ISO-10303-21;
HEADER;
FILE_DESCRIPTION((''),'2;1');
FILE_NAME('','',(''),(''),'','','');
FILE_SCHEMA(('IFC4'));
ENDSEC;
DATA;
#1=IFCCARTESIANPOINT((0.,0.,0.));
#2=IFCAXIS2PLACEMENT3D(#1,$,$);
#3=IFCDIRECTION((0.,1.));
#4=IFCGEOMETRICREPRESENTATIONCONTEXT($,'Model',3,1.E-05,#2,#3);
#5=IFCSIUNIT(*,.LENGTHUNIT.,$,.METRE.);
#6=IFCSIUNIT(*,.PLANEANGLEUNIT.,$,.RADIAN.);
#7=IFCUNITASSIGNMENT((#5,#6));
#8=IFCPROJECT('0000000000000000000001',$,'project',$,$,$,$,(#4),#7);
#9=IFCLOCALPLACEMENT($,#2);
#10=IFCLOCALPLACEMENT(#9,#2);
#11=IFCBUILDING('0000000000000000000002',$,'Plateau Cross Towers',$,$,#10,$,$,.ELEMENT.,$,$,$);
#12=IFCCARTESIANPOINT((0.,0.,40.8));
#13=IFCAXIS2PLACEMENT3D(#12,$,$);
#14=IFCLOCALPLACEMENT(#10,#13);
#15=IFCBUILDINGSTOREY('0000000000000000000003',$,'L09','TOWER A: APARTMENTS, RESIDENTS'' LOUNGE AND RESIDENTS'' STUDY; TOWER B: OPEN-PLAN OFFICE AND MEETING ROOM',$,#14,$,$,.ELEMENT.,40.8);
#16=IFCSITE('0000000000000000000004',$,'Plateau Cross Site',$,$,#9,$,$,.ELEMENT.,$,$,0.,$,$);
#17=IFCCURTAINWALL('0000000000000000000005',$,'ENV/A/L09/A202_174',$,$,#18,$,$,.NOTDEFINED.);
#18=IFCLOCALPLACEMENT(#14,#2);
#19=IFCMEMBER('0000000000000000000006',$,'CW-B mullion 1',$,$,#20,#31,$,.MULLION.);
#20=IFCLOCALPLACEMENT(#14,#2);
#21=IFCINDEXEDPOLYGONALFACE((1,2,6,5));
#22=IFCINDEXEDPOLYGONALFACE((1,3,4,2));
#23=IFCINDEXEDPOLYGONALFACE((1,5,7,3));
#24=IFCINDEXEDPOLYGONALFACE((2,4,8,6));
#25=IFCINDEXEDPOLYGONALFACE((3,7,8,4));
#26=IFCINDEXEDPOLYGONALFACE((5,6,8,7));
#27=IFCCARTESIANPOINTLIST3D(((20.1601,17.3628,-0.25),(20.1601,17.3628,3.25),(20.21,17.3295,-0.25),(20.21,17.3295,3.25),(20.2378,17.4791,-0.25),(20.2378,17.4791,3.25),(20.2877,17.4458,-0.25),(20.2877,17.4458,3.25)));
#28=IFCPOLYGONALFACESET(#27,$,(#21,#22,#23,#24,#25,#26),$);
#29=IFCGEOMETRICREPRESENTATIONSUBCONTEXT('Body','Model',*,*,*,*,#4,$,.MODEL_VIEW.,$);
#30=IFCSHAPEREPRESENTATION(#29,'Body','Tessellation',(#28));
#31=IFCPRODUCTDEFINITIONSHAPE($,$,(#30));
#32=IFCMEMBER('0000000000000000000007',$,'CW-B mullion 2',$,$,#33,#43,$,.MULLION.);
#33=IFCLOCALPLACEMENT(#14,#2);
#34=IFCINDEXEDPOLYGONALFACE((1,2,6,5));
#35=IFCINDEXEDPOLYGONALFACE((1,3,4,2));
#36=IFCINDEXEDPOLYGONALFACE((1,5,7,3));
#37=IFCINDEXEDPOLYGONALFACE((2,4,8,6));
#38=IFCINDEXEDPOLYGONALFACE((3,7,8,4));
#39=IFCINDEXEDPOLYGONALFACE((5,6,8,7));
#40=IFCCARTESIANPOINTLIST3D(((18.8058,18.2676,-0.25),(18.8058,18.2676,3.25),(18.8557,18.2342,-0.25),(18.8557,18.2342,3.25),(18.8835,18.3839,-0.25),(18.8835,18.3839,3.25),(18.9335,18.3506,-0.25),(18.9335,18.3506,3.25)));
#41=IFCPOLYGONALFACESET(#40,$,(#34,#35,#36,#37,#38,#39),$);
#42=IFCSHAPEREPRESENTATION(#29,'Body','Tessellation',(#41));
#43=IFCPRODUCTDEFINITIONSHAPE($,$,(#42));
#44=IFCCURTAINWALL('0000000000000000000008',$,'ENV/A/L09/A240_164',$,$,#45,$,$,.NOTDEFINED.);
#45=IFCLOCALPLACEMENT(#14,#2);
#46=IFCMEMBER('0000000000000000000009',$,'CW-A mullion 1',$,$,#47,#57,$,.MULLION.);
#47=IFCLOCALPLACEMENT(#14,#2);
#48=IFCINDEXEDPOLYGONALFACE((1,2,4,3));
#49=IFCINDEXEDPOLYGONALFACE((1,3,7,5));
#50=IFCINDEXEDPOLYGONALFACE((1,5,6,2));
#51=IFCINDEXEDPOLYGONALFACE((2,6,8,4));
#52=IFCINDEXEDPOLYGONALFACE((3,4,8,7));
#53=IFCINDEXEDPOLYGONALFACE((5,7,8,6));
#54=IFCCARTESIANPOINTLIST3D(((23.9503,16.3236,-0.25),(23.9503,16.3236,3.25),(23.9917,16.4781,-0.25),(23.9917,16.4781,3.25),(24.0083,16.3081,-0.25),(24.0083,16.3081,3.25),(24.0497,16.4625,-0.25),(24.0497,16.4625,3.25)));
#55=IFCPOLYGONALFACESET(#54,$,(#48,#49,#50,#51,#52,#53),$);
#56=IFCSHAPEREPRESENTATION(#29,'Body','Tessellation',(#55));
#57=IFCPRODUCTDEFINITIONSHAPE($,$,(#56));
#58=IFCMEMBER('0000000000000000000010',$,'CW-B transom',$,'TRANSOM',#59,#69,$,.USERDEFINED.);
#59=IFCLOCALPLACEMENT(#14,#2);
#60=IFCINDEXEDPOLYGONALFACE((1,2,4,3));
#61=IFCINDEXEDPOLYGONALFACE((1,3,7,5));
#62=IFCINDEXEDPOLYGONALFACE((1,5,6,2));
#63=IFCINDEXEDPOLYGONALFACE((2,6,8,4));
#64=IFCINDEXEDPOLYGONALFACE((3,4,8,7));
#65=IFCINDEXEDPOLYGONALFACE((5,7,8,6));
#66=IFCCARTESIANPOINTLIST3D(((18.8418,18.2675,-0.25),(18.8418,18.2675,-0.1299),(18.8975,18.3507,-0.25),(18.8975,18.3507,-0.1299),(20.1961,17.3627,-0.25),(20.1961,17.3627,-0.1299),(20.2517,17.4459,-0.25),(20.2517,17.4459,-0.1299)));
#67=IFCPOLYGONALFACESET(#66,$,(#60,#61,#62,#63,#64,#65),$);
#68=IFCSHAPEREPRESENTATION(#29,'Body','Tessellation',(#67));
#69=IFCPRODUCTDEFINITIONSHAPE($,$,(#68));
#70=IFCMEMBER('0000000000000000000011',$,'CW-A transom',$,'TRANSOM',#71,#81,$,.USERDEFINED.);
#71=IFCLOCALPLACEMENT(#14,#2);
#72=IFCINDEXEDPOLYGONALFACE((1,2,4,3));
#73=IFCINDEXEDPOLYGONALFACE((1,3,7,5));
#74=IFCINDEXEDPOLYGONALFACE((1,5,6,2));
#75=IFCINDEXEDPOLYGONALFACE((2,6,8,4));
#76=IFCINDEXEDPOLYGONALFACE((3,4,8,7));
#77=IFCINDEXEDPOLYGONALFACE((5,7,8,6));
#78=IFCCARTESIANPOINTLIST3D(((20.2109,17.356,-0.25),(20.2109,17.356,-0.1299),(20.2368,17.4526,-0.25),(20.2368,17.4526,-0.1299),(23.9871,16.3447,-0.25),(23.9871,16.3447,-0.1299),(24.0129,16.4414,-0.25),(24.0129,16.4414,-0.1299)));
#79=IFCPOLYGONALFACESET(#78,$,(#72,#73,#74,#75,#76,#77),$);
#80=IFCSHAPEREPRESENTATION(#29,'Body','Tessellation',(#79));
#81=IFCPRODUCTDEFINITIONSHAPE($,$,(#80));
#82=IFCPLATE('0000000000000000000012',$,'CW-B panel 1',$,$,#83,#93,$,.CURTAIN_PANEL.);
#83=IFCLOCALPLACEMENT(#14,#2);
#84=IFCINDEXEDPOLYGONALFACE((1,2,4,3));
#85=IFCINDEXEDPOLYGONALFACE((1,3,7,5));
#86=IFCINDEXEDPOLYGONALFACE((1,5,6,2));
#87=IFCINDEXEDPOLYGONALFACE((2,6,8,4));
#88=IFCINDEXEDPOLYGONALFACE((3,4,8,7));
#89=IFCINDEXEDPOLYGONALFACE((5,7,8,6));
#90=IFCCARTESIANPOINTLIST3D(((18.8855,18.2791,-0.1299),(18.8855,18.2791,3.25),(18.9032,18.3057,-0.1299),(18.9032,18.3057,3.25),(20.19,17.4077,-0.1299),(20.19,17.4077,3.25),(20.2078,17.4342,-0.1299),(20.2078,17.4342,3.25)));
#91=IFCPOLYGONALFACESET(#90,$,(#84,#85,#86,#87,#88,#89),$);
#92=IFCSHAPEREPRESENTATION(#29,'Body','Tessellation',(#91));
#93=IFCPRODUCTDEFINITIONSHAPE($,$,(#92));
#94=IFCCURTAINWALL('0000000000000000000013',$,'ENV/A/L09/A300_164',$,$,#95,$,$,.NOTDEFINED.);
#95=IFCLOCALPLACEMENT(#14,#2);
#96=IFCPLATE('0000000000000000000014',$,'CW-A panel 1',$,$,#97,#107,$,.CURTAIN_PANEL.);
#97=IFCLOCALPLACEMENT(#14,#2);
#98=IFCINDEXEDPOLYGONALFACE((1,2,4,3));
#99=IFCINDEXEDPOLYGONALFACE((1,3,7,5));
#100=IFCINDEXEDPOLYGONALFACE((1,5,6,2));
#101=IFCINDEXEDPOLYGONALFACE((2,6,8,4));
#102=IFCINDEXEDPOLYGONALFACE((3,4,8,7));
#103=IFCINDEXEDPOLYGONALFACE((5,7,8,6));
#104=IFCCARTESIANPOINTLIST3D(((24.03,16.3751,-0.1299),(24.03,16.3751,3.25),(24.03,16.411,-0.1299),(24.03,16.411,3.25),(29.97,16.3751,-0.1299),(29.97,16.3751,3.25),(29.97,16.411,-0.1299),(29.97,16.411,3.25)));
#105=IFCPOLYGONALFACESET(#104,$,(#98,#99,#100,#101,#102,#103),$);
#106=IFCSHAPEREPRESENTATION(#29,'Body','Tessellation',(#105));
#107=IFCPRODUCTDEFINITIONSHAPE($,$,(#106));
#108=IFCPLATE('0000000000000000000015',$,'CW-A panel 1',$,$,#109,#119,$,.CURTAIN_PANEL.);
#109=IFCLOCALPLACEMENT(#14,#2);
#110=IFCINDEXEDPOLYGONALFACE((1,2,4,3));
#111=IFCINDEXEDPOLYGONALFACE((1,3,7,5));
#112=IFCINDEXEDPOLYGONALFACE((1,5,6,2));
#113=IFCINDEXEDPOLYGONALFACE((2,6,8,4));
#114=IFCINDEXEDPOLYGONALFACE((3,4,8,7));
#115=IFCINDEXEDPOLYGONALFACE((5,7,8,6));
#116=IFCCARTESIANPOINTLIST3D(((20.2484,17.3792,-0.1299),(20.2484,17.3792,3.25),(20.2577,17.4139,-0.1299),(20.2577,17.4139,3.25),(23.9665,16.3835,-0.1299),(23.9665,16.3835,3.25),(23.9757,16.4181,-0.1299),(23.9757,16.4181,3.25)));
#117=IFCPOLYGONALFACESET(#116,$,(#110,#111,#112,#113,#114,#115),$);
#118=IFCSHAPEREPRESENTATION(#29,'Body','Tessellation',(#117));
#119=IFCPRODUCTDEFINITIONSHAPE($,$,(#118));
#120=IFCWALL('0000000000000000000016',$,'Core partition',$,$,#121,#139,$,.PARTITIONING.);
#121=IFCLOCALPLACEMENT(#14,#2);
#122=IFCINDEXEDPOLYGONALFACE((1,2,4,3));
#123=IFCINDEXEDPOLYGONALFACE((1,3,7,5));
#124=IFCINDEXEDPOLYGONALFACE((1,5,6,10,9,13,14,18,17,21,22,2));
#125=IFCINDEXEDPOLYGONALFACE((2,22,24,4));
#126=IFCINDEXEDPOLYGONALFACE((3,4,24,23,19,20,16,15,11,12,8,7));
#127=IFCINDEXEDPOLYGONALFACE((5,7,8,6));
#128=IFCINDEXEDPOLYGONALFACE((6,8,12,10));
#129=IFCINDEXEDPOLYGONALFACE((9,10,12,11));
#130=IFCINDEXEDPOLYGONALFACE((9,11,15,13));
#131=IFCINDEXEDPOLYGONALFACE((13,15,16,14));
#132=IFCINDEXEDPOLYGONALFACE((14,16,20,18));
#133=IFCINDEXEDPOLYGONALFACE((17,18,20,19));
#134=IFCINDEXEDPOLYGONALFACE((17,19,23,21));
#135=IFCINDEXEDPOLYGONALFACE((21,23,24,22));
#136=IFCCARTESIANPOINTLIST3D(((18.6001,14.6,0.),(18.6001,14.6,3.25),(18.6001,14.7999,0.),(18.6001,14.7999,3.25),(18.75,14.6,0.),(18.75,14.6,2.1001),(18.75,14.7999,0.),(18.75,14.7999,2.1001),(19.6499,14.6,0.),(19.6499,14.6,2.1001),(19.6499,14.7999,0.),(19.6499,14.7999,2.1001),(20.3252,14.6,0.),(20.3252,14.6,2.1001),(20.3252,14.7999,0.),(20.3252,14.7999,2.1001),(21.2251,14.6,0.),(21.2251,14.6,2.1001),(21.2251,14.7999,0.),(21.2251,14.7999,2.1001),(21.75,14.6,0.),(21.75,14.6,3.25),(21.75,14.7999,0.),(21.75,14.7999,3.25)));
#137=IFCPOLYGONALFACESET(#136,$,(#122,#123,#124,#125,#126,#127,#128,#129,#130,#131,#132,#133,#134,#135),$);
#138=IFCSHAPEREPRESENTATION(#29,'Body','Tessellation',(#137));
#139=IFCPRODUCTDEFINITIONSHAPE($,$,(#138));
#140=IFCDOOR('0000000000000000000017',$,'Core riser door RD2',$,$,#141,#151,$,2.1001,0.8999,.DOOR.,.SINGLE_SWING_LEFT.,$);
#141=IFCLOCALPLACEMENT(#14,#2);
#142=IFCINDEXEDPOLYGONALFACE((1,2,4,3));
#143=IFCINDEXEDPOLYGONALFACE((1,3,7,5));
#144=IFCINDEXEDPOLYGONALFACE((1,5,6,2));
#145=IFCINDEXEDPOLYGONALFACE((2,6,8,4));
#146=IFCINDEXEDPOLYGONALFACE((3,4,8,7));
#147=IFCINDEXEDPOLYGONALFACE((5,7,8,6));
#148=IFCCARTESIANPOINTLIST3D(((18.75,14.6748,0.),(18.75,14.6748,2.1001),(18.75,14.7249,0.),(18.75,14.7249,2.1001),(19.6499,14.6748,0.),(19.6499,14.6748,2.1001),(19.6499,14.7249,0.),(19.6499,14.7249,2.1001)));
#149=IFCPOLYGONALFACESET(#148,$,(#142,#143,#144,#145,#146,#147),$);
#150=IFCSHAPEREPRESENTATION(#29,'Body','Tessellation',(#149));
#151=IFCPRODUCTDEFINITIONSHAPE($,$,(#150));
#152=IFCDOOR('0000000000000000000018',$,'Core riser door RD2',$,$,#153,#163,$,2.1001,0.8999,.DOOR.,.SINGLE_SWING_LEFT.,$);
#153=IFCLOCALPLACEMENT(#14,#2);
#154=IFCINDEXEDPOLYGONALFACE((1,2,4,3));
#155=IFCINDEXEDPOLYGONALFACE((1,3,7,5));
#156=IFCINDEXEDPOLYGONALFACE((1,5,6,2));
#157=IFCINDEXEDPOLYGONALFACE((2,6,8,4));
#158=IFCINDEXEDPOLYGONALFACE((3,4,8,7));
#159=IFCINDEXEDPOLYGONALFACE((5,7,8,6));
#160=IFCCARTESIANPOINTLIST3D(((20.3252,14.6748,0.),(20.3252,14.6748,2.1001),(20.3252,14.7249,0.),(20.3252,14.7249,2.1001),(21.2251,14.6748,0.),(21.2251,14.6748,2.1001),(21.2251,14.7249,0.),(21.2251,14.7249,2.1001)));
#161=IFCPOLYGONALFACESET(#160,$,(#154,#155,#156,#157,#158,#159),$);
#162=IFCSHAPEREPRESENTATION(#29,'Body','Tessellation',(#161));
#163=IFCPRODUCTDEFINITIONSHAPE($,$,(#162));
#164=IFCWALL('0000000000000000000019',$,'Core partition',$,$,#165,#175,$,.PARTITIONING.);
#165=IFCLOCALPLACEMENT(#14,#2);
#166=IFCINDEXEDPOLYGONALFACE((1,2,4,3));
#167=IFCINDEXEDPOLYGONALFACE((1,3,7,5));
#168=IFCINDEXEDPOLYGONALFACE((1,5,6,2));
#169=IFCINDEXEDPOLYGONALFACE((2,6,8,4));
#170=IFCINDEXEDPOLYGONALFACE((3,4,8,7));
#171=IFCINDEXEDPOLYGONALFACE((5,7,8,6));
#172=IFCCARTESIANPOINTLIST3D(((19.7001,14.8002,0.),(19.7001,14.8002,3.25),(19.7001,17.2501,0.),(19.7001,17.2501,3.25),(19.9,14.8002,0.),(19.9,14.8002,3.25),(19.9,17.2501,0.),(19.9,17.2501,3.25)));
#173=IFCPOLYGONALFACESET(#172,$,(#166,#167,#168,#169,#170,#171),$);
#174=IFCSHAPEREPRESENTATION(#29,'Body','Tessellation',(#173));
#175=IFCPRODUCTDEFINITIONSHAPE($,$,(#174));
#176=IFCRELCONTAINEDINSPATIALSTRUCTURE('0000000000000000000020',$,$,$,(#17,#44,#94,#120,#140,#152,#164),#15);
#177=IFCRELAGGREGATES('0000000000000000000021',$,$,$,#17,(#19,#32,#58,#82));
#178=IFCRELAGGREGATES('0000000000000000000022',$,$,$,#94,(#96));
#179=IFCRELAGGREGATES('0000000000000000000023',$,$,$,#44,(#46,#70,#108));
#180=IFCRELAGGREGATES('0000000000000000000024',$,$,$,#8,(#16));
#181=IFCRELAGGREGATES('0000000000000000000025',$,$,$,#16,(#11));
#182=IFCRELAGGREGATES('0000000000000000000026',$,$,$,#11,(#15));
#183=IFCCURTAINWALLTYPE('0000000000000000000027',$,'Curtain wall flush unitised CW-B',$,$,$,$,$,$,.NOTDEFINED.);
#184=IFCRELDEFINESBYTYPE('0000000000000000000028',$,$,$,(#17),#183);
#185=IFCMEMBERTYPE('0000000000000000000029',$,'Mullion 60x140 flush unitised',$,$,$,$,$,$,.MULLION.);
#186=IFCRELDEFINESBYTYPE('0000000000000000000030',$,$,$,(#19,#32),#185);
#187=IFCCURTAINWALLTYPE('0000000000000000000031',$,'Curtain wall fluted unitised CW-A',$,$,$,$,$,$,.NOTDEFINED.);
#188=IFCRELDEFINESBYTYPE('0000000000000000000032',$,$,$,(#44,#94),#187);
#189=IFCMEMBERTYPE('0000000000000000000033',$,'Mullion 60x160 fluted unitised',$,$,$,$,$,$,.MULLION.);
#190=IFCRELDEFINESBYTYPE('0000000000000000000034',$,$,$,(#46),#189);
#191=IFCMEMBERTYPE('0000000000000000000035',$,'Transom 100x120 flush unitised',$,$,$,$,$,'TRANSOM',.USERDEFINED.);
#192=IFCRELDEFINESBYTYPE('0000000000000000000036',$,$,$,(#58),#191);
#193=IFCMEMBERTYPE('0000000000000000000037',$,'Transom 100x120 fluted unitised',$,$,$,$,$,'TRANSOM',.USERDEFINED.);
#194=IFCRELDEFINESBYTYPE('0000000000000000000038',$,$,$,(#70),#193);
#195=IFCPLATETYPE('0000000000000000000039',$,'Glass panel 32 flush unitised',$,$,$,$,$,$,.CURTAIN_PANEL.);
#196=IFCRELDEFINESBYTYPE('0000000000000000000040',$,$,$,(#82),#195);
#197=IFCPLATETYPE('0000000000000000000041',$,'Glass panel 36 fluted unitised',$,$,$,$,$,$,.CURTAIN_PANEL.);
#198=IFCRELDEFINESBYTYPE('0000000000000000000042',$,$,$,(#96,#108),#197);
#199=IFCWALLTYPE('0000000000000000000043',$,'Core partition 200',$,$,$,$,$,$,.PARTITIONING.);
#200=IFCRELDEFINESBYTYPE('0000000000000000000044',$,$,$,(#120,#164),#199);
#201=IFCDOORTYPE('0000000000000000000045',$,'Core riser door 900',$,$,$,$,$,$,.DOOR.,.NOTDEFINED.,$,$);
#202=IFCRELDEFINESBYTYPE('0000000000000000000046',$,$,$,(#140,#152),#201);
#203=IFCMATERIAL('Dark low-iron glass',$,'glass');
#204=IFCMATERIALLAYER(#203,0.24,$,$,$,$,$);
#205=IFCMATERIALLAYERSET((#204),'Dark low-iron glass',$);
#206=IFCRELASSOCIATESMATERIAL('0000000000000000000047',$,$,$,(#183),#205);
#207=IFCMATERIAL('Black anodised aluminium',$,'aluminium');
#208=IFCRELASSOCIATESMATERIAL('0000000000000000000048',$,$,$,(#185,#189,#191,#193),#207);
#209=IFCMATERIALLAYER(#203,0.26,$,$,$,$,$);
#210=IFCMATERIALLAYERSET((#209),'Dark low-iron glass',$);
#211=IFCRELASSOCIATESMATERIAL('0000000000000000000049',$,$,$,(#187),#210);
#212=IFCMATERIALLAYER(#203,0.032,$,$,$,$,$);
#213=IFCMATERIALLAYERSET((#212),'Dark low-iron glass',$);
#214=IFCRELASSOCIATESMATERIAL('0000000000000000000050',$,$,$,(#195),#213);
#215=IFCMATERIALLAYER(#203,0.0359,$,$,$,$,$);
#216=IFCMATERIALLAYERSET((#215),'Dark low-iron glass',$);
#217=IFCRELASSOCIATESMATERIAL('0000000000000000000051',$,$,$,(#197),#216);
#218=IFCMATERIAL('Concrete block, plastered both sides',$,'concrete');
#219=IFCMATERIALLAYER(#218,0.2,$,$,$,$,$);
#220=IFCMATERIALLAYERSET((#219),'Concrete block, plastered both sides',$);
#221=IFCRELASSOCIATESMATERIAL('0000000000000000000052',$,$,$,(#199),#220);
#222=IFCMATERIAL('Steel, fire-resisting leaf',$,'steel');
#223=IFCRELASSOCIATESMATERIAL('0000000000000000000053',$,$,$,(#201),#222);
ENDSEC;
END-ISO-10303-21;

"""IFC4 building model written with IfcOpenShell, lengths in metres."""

from ifc_helpers import new_model, si_unit, direction, frame, frame_2d, origin, origin_2d, place, context, subcontext, project, spatial, rectangle, extrude, material, layer, layer_set, material_profile, profile_set, type_object, element, fill, aggregate, save


model = new_model("IFC4")

# Units and contexts
model_context = context("Model", 3, precision=1e-05, world=origin(), true_north=direction((0.0, 1.0)))
body_context = subcontext(model_context, "Body", "Model", "MODEL_VIEW")
ifc_project = project(units=[si_unit("LENGTHUNIT", "METRE"), si_unit("PLANEANGLEUNIT", "RADIAN")], contexts=[model_context])

# Site, building, storey
site_placement = place(None, origin())
site = spatial("IfcSite", under=ifc_project, at=site_placement, Name="Plateau Cross Site", CompositionType="ELEMENT", RefElevation=0.0)
building_placement = place(site_placement, origin())
building = spatial("IfcBuilding", under=site, at=building_placement, Name="Plateau Cross Towers", CompositionType="ELEMENT")
storey_placement = place(building_placement, frame((0.0, 0.0, 40.8)))
storey = spatial("IfcBuildingStorey", under=building, at=storey_placement, Name="L09", Description="TOWER A: APARTMENTS, RESIDENTS' LOUNGE AND RESIDENTS' STUDY; TOWER B: OPEN-PLAN OFFICE AND MEETING ROOM", CompositionType="ELEMENT", Elevation=40.8)

# Curtain wall, members
ifc_material_1 = material(Name="Dark low-iron glass", Category="glass")
ifc_layer_1 = layer(ifc_material_1, 0.24)
ifc_layer_set_1 = layer_set([ifc_layer_1], Name="Dark low-iron glass")
curtain_wall_type_1 = type_object("IfcCurtainWallType", Name="Curtain wall flush unitised CW-B", PredefinedType="NOTDEFINED", material=ifc_layer_set_1)
curtain_wall_1_placement = place(storey_placement, origin())
curtain_wall_1 = element("IfcCurtainWall", 1, at=curtain_wall_1_placement, inside=storey, type_object=curtain_wall_type_1, Name="ENV/A/L09/A202_174", PredefinedType="NOTDEFINED")
ifc_material_2 = material(Name="Black anodised aluminium", Category="aluminium")
ifc_material_profile_1 = material_profile(ifc_material_2, rectangle(XDim=0.0601, YDim=0.1399, at=origin_2d()), Name="MULLION 60x140")
ifc_profile_set_1 = profile_set([ifc_material_profile_1], Name="Black anodised aluminium")
member_type_1 = type_object("IfcMemberType", Name="Mullion 60x140 flush unitised", PredefinedType="MULLION", material=ifc_profile_set_1)
member_1_placement = place(storey_placement, frame((20.2239, 17.4043, -0.25), z_axis=(0.0, 0.0, 1.0), x_axis=(-0.831521, 0.555493, 0.0)))
member_1 = element("IfcMember", 2, at=member_1_placement, type_object=member_type_1, Name="CW-B mullion 1", PredefinedType="MULLION", context=body_context, shape_type="SweptSolid", body=[
    extrude(rectangle(XDim=0.0601, YDim=0.1399, at=origin_2d()), origin(), (0.0, 0.0, 1.0), 3.5),
])
member_2_placement = place(storey_placement, frame((18.8696, 18.3091, -0.25), z_axis=(0.0, 0.0, 1.0), x_axis=(-0.831521, 0.555493, 0.0)))
member_2 = element("IfcMember", 3, at=member_2_placement, type_object=member_type_1, Name="CW-B mullion 2", PredefinedType="MULLION", context=body_context, shape_type="SweptSolid", body=[
    extrude(rectangle(XDim=0.0601, YDim=0.1399, at=origin_2d()), origin(), (0.0, 0.0, 1.0), 3.5),
])

# Curtain wall, member
ifc_layer_2 = layer(ifc_material_1, 0.26)
ifc_layer_set_2 = layer_set([ifc_layer_2], Name="Dark low-iron glass")
curtain_wall_type_2 = type_object("IfcCurtainWallType", Name="Curtain wall fluted unitised CW-A", PredefinedType="NOTDEFINED", material=ifc_layer_set_2)
curtain_wall_2_placement = place(storey_placement, origin())
curtain_wall_2 = element("IfcCurtainWall", 4, at=curtain_wall_2_placement, inside=storey, type_object=curtain_wall_type_2, Name="ENV/A/L09/A240_164", PredefinedType="NOTDEFINED")
ifc_material_profile_2 = material_profile(ifc_material_2, rectangle(XDim=0.0601, YDim=0.1599, at=origin_2d()), Name="MULLION 60x160")
ifc_profile_set_2 = profile_set([ifc_material_profile_2], Name="Black anodised aluminium")
member_type_2 = type_object("IfcMemberType", Name="Mullion 60x160 fluted unitised", PredefinedType="MULLION", material=ifc_profile_set_2)
member_3_placement = place(storey_placement, frame((24.0, 16.3931, -0.25), z_axis=(0.0, 0.0, 1.0), x_axis=(-0.965958, 0.258699, 0.0)))
member_3 = element("IfcMember", 5, at=member_3_placement, type_object=member_type_2, Name="CW-A mullion 1", PredefinedType="MULLION", context=body_context, shape_type="SweptSolid", body=[
    extrude(rectangle(XDim=0.0601, YDim=0.1599, at=origin_2d()), origin(), (0.0, 0.0, 1.0), 3.5),
])

# Members
ifc_material_profile_3 = material_profile(ifc_material_2, rectangle(XDim=0.1001, YDim=0.1201, at=origin_2d()), Name="TRANSOM 100x120")
ifc_profile_set_3 = profile_set([ifc_material_profile_3], Name="Black anodised aluminium")
member_type_3 = type_object("IfcMemberType", Name="Transom 100x120 flush unitised", ElementType="TRANSOM", PredefinedType="USERDEFINED", material=ifc_profile_set_3)
member_4_placement = place(storey_placement, frame((20.2239, 17.4043, -0.1899), z_axis=(-0.831496, 0.55553, 0.0), x_axis=(-0.55553, -0.831496, 0.0)))
member_4 = element("IfcMember", 6, at=member_4_placement, type_object=member_type_3, Name="CW-B transom", ObjectType="TRANSOM", PredefinedType="USERDEFINED", context=body_context, shape_type="SweptSolid", body=[
    extrude(rectangle(XDim=0.1001, YDim=0.1201, at=origin_2d()), origin(), (0.0, 0.0, 1.0), 1.6287),
])
ifc_material_profile_4 = material_profile(ifc_material_2, rectangle(XDim=0.1001, YDim=0.1201, at=origin_2d()), Name="TRANSOM 100x120")
ifc_profile_set_4 = profile_set([ifc_material_profile_4], Name="Black anodised aluminium")
member_type_4 = type_object("IfcMemberType", Name="Transom 100x120 fluted unitised", ElementType="TRANSOM", PredefinedType="USERDEFINED", material=ifc_profile_set_4)
member_5_placement = place(storey_placement, frame((24.0, 16.3931, -0.1899), z_axis=(-0.965963, 0.258681, 0.0), x_axis=(-0.258681, -0.965963, 0.0)))
member_5 = element("IfcMember", 7, at=member_5_placement, type_object=member_type_4, Name="CW-A transom", ObjectType="TRANSOM", PredefinedType="USERDEFINED", context=body_context, shape_type="SweptSolid", body=[
    extrude(rectangle(XDim=0.1001, YDim=0.1201, at=origin_2d()), origin(), (0.0, 0.0, 1.0), 3.9092),
])

# Plate
ifc_layer_3 = layer(ifc_material_1, 0.032)
ifc_layer_set_3 = layer_set([ifc_layer_3], Name="Dark low-iron glass")
plate_type_1 = type_object("IfcPlateType", Name="Glass panel 32 flush unitised", PredefinedType="CURTAIN_PANEL", material=ifc_layer_set_3)
plate_1_placement = place(storey_placement, frame((19.5466, 17.8567, -0.1299), z_axis=(0.0, 0.0, 1.0), x_axis=(-0.831521, 0.555493, 0.0)))
plate_1 = element("IfcPlate", 8, at=plate_1_placement, type_object=plate_type_1, Name="CW-B panel 1", PredefinedType="CURTAIN_PANEL", context=body_context, shape_type="SweptSolid", body=[
    extrude(rectangle(XDim=1.5688, YDim=0.032, at=origin_2d()), origin(), (0.0, 0.0, 1.0), 3.3799),
])
aggregate(curtain_wall_1, [member_1, member_2, member_4, plate_1])

# Curtain wall, plate
curtain_wall_3_placement = place(storey_placement, origin())
curtain_wall_3 = element("IfcCurtainWall", 9, at=curtain_wall_3_placement, inside=storey, type_object=curtain_wall_type_2, Name="ENV/A/L09/A300_164", PredefinedType="NOTDEFINED")
ifc_layer_4 = layer(ifc_material_1, 0.0359)
ifc_layer_set_4 = layer_set([ifc_layer_4], Name="Dark low-iron glass")
plate_type_2 = type_object("IfcPlateType", Name="Glass panel 36 fluted unitised", PredefinedType="CURTAIN_PANEL", material=ifc_layer_set_4)
plate_2_placement = place(storey_placement, frame((27.0, 16.3931, -0.1299), z_axis=(0.0, 0.0, 1.0), x_axis=(-1.0, 0.0, 0.0)))
plate_2 = element("IfcPlate", 10, at=plate_2_placement, type_object=plate_type_2, Name="CW-A panel 1", PredefinedType="CURTAIN_PANEL", context=body_context, shape_type="SweptSolid", body=[
    extrude(rectangle(XDim=5.9399, YDim=0.0359, at=origin_2d()), origin(), (0.0, 0.0, 1.0), 3.3799),
])
aggregate(curtain_wall_3, [plate_2])

# Plate
plate_3_placement = place(storey_placement, frame((22.1121, 16.8987, -0.1299), z_axis=(0.0, 0.0, 1.0), x_axis=(-0.965958, 0.258699, 0.0)))
plate_3 = element("IfcPlate", 11, at=plate_3_placement, type_object=plate_type_2, Name="CW-A panel 1", PredefinedType="CURTAIN_PANEL", context=body_context, shape_type="SweptSolid", body=[
    extrude(rectangle(XDim=3.8491, YDim=0.0359, at=origin_2d()), origin(), (0.0, 0.0, 1.0), 3.3799),
])
aggregate(curtain_wall_2, [member_3, member_5, plate_3])

# Wall, openings, doors
ifc_material_3 = material(Name="Concrete block, plastered both sides", Category="concrete")
ifc_layer_5 = layer(ifc_material_3, 0.2)
ifc_layer_set_5 = layer_set([ifc_layer_5], Name="Concrete block, plastered both sides")
wall_type_1 = type_object("IfcWallType", Name="Core partition 200", PredefinedType="PARTITIONING", material=ifc_layer_set_5)
wall_1_placement = place(storey_placement, frame((18.6001, 14.7, 0.0), z_axis=(0.0, 0.0, 1.0), x_axis=(1.0, 0.0, 0.0)))
wall_1 = element("IfcWall", 12, at=wall_1_placement, inside=storey, type_object=wall_type_1, Name="Core partition", PredefinedType="PARTITIONING", context=body_context, shape_type="SweptSolid", body=[
    extrude(rectangle(XDim=3.1499, YDim=0.2, at=frame_2d((1.575, 0.0))), origin(), (0.0, 0.0, 1.0), 3.25),
])
opening_1_placement = place(wall_1_placement, frame((0.1499, 0.0, 0.0)))
opening_1 = element("IfcOpeningElement", 13, at=opening_1_placement, cuts=wall_1, PredefinedType="OPENING", context=body_context, shape_type="SweptSolid", body=[
    extrude(rectangle(XDim=0.8999, YDim=2.1001, at=frame_2d((0.45, 1.05))), frame((0.0, 0.1099, 0.0), z_axis=(0.0, -1.0, 0.0), x_axis=(1.0, 0.0, 0.0)), (0.0, 0.0, 1.0), 0.22),
])
opening_2_placement = place(wall_1_placement, frame((1.7251, 0.0, 0.0)))
opening_2 = element("IfcOpeningElement", 14, at=opening_2_placement, cuts=wall_1, PredefinedType="OPENING", context=body_context, shape_type="SweptSolid", body=[
    extrude(rectangle(XDim=0.8999, YDim=2.1001, at=frame_2d((0.45, 1.05))), frame((0.0, 0.1099, 0.0), z_axis=(0.0, -1.0, 0.0), x_axis=(1.0, 0.0, 0.0)), (0.0, 0.0, 1.0), 0.22),
])
ifc_material_4 = material(Name="Steel, fire-resisting leaf", Category="steel")
door_type_1 = type_object("IfcDoorType", Name="Core riser door 900", OperationType="NOTDEFINED", PredefinedType="DOOR", material=ifc_material_4)
door_1_placement = place(opening_1_placement, origin())
door_1 = element("IfcDoor", 15, at=door_1_placement, inside=storey, type_object=door_type_1, Name="Core riser door RD2", OperationType="SINGLE_SWING_LEFT", OverallHeight=2.1001, OverallWidth=0.8999, PredefinedType="DOOR", context=body_context, shape_type="SweptSolid", body=[
    extrude(rectangle(XDim=0.8999, YDim=2.1001, at=frame_2d((0.45, 1.05))), frame((0.0, 0.0249, 0.0), z_axis=(0.0, -1.0, 0.0), x_axis=(1.0, 0.0, 0.0)), (0.0, 0.0, 1.0), 0.05),
])
fill(opening_1, door_1)
door_2_placement = place(opening_2_placement, origin())
door_2 = element("IfcDoor", 16, at=door_2_placement, inside=storey, type_object=door_type_1, Name="Core riser door RD2", OperationType="SINGLE_SWING_LEFT", OverallHeight=2.1001, OverallWidth=0.8999, PredefinedType="DOOR", context=body_context, shape_type="SweptSolid", body=[
    extrude(rectangle(XDim=0.8999, YDim=2.1001, at=frame_2d((0.45, 1.05))), frame((0.0, 0.0249, 0.0), z_axis=(0.0, -1.0, 0.0), x_axis=(1.0, 0.0, 0.0)), (0.0, 0.0, 1.0), 0.05),
])
fill(opening_2, door_2)

# Wall
wall_2_placement = place(storey_placement, frame((19.8, 14.8, 0.0), z_axis=(0.0, 0.0, 1.0), x_axis=(0.0, 1.0, 0.0)))
element("IfcWall", 17, at=wall_2_placement, inside=storey, type_object=wall_type_1, Name="Core partition", PredefinedType="PARTITIONING", context=body_context, shape_type="SweptSolid", body=[
    extrude(rectangle(XDim=2.45, YDim=0.2, at=frame_2d((1.2251, 0.0))), origin(), (0.0, 0.0, 1.0), 3.25),
])

save(model, "model.ifc")
